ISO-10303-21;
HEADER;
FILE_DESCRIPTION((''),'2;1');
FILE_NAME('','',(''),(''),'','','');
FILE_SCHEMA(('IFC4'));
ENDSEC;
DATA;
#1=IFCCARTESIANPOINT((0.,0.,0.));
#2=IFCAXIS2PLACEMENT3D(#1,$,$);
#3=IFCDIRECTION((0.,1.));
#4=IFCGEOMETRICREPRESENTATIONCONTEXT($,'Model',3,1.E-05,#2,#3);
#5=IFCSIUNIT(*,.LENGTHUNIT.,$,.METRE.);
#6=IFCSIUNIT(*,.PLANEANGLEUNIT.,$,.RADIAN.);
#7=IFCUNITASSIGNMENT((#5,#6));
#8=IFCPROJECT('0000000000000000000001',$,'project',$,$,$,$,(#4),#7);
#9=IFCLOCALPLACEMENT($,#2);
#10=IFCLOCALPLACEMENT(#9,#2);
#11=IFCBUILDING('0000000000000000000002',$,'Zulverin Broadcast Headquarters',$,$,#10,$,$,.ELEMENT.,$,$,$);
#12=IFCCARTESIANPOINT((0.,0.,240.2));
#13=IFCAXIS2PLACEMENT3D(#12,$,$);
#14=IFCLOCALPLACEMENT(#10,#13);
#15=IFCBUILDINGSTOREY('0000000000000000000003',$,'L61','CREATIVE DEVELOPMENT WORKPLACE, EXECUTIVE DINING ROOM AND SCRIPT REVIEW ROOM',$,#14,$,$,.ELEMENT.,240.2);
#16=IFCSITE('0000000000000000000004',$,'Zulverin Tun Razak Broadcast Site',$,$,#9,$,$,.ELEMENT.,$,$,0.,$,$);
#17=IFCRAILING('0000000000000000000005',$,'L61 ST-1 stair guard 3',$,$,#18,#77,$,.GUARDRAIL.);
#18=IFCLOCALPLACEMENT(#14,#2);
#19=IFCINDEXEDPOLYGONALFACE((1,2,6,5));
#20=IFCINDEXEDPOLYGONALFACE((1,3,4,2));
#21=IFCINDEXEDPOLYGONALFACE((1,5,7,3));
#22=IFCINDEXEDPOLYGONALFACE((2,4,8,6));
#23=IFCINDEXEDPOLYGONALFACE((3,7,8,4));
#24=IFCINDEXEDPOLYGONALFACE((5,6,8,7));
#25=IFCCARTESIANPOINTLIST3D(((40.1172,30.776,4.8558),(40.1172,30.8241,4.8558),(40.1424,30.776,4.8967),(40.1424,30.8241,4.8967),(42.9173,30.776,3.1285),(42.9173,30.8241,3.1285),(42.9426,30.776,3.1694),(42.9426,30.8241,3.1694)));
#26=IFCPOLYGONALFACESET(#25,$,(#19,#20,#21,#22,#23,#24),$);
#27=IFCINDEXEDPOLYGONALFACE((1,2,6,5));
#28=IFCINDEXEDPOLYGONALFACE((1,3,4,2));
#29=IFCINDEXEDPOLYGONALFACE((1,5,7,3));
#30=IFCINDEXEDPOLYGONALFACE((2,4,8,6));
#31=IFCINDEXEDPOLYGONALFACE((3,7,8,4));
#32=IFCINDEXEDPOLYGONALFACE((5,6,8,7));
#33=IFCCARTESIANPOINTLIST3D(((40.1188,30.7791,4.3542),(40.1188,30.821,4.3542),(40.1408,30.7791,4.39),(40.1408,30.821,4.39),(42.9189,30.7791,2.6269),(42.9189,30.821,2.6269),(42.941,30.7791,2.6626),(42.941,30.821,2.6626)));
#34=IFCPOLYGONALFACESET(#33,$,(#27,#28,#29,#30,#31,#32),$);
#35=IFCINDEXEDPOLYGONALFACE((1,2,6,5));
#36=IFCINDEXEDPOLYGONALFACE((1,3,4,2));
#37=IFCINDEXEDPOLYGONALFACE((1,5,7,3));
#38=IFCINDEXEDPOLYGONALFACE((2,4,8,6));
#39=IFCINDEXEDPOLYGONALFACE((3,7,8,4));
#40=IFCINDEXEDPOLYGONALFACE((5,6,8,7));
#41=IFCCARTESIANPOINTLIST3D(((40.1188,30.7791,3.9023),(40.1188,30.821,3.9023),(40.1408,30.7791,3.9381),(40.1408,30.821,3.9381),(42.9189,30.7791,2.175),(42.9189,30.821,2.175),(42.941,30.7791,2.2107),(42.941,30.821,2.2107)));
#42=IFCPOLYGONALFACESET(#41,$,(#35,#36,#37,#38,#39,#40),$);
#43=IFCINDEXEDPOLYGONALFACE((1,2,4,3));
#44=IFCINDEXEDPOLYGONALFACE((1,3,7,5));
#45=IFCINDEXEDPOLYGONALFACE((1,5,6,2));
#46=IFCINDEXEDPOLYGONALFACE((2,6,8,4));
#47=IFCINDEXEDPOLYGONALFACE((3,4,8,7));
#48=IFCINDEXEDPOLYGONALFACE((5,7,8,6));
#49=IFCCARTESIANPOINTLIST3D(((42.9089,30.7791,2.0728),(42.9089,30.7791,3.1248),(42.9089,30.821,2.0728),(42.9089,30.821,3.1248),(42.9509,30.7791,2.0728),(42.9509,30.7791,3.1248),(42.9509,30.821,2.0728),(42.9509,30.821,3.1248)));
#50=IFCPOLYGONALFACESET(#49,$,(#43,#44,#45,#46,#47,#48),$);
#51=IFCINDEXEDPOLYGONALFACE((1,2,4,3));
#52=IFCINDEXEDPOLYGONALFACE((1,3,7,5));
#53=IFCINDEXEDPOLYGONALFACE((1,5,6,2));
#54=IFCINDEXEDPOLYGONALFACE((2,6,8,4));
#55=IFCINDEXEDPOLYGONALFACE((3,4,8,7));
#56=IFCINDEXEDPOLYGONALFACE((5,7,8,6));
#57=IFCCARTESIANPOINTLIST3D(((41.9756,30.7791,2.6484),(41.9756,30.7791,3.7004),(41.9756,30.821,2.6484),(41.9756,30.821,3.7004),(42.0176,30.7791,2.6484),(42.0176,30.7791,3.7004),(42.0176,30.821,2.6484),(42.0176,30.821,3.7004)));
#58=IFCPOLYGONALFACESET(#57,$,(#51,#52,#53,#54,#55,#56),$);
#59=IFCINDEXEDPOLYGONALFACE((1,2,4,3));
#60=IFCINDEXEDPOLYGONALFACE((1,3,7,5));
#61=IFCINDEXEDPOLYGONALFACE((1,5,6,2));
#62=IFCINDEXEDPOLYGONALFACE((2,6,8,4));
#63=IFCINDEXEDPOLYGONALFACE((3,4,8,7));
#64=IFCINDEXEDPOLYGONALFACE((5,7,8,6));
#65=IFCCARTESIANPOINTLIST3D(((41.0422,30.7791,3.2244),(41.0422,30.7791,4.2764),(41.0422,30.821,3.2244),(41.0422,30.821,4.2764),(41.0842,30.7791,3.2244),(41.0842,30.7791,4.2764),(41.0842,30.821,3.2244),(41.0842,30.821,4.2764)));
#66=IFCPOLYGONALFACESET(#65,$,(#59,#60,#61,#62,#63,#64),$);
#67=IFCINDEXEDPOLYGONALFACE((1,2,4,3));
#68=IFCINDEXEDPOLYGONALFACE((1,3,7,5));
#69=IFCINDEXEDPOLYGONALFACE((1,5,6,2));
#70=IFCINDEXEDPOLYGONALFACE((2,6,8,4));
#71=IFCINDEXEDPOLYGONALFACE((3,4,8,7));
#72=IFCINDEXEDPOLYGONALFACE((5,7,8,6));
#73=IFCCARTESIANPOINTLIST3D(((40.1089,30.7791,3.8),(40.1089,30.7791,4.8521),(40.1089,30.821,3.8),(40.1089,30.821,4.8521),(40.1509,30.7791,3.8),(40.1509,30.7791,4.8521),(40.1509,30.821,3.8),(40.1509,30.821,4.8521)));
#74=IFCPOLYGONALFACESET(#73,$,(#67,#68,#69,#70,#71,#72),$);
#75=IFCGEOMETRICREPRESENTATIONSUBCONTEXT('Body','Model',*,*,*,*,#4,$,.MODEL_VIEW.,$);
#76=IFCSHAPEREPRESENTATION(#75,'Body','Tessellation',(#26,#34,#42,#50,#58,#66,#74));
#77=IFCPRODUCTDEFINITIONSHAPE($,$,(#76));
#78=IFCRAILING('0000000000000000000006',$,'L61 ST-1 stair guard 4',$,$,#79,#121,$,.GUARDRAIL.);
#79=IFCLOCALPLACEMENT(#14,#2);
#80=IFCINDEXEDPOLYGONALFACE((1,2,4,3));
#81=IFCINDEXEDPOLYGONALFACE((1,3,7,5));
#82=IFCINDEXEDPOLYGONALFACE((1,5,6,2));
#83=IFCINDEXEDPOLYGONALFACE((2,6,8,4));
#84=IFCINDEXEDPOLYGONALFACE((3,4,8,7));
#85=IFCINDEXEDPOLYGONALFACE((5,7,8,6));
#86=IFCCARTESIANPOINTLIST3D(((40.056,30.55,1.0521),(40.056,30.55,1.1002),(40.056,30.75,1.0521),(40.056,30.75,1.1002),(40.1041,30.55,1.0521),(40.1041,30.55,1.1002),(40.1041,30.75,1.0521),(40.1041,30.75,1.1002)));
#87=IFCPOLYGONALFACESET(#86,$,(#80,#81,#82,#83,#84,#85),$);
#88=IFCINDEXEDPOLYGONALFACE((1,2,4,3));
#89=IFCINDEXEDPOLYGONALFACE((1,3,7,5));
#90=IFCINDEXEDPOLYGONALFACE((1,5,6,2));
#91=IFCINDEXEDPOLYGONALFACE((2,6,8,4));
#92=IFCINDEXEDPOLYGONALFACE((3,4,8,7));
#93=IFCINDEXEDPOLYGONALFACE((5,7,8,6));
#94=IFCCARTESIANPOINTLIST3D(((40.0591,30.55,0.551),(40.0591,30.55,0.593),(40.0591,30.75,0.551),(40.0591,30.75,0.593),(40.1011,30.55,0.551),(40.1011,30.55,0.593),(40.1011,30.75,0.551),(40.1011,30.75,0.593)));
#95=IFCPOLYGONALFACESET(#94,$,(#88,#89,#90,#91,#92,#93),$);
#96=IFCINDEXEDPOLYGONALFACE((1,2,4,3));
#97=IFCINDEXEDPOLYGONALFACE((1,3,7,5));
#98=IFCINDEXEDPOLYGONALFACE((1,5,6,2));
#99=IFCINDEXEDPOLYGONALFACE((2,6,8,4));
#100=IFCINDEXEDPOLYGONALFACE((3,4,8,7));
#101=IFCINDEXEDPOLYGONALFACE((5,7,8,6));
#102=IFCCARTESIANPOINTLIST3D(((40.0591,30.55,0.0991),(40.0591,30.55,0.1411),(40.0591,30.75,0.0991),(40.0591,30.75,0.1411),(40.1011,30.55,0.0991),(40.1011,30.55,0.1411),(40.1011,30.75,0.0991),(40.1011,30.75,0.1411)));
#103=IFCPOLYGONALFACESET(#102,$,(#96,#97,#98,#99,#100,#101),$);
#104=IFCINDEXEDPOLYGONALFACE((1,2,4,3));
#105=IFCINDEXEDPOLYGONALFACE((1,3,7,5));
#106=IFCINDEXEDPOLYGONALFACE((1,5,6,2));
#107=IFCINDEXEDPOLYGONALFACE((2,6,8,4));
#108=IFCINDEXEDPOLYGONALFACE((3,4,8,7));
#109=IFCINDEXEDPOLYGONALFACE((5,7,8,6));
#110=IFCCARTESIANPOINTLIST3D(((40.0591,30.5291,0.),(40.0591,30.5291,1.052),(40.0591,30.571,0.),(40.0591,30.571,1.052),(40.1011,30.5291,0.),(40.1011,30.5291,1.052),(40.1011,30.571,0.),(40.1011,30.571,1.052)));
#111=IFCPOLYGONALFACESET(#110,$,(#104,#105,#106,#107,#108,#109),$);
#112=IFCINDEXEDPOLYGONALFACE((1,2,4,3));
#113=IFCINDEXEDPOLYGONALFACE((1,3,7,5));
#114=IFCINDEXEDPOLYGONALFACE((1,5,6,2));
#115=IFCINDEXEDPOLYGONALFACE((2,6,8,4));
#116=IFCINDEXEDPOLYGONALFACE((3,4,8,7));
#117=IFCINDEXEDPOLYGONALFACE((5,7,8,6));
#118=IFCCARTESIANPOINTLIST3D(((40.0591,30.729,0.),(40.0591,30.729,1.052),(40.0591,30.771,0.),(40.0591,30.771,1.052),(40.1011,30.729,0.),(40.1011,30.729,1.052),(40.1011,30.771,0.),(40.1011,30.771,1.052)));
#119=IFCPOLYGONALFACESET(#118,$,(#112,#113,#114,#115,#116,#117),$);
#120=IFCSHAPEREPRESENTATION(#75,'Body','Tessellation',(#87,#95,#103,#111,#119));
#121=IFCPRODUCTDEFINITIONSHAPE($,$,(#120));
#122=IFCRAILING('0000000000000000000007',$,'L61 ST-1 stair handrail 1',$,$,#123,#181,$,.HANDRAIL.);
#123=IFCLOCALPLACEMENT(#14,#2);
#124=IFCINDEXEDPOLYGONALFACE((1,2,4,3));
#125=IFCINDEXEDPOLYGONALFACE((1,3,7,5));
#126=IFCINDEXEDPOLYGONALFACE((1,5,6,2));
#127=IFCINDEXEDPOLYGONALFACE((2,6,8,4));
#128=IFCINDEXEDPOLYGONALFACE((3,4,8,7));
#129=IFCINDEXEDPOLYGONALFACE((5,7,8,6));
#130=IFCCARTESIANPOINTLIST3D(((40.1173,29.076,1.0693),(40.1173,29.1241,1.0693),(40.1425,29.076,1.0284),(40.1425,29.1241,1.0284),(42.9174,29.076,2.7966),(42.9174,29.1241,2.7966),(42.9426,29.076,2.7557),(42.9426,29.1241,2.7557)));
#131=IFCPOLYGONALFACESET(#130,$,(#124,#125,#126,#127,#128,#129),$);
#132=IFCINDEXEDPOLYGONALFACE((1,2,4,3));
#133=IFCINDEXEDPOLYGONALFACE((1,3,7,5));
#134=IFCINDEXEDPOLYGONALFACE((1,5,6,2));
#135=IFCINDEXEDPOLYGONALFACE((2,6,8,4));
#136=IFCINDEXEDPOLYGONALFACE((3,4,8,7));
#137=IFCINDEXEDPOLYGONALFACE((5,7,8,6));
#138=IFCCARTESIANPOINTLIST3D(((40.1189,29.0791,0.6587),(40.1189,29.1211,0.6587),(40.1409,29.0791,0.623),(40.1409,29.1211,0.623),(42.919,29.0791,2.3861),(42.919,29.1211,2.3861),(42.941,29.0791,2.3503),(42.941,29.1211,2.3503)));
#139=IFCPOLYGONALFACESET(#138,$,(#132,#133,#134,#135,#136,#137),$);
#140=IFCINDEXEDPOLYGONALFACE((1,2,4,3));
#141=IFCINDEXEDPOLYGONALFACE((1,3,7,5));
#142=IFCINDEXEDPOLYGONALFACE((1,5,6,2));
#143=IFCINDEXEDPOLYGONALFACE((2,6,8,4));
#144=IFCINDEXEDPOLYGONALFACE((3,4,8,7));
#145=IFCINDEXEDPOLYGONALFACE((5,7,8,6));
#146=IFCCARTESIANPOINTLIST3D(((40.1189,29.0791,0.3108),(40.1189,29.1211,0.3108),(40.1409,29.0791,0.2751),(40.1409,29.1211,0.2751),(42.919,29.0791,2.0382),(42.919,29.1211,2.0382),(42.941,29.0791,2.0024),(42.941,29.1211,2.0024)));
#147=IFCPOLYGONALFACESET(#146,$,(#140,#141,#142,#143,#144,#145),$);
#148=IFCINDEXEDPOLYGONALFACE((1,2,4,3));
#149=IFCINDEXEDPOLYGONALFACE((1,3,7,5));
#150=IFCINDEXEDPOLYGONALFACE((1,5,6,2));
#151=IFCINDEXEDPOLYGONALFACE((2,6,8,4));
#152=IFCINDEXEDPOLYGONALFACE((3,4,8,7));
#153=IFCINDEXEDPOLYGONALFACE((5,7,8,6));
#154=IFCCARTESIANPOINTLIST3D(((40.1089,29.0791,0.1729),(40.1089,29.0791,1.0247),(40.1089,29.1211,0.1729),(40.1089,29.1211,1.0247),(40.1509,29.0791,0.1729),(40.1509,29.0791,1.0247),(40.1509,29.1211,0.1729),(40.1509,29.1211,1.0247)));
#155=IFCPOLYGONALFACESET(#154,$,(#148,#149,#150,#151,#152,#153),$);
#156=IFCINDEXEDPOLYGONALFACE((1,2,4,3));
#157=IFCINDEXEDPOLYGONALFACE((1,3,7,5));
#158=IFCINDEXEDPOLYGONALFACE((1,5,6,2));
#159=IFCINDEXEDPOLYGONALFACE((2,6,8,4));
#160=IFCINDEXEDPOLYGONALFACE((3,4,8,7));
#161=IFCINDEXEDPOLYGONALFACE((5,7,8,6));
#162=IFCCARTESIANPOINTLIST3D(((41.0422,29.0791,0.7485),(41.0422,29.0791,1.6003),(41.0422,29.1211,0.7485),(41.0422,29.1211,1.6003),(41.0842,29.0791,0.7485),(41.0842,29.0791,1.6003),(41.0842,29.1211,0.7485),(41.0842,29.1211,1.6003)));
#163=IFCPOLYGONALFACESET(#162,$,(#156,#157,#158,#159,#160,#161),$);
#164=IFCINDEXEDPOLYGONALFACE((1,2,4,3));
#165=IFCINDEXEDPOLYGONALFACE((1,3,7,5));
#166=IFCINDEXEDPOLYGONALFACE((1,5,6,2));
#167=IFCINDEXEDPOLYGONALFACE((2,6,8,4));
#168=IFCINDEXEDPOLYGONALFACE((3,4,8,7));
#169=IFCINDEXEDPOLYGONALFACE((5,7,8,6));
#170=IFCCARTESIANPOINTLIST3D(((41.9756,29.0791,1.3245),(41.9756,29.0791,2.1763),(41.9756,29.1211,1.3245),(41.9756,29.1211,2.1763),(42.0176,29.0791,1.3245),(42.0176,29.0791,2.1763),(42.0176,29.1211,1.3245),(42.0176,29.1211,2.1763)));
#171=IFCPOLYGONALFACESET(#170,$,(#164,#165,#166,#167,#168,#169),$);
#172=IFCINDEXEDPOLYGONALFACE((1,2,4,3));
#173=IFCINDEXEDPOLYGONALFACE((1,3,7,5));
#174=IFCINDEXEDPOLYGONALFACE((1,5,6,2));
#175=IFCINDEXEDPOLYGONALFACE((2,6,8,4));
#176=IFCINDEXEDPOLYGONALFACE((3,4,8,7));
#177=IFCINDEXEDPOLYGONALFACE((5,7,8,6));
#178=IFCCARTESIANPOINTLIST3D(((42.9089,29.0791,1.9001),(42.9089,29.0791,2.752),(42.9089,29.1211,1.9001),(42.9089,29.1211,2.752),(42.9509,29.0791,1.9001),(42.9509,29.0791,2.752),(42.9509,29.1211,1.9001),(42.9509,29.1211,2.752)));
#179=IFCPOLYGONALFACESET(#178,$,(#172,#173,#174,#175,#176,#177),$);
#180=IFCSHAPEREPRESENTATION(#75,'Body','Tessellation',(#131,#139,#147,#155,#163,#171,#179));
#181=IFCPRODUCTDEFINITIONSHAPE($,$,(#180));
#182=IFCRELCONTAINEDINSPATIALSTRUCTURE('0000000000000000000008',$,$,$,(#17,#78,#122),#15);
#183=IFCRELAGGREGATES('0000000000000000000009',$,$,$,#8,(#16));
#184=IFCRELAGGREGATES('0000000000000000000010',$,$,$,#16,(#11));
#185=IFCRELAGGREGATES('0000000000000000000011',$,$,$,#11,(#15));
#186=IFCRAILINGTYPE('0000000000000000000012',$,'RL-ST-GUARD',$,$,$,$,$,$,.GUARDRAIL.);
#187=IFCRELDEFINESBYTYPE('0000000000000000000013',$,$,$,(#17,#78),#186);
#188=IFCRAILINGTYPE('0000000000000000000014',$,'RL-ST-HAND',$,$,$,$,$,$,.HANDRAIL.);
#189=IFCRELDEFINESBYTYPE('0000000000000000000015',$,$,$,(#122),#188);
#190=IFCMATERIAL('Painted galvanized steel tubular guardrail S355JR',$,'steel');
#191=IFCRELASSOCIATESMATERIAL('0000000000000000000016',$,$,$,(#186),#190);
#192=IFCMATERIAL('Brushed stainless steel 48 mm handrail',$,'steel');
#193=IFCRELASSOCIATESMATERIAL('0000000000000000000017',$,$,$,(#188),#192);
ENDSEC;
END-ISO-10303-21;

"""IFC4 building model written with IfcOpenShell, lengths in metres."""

from ifc_helpers import new_model, si_unit, direction, frame, origin, origin_2d, place, context, subcontext, project, spatial, rectangle, extrude, material, type_object, element, save


model = new_model("IFC4")

# Units and contexts
model_context = context("Model", 3, precision=1e-05, world=origin(), true_north=direction((0.0, 1.0)))
body_context = subcontext(model_context, "Body", "Model", "MODEL_VIEW")
ifc_project = project(units=[si_unit("LENGTHUNIT", "METRE"), si_unit("PLANEANGLEUNIT", "RADIAN")], contexts=[model_context])

# Site, building, storey
site_placement = place(None, origin())
site = spatial("IfcSite", under=ifc_project, at=site_placement, Name="Zulverin Tun Razak Broadcast Site", CompositionType="ELEMENT", RefElevation=0.0)
building_placement = place(site_placement, origin())
building = spatial("IfcBuilding", under=site, at=building_placement, Name="Zulverin Broadcast Headquarters", CompositionType="ELEMENT")
storey_placement = place(building_placement, frame((0.0, 0.0, 240.2)))
storey = spatial("IfcBuildingStorey", under=building, at=storey_placement, Name="L61", Description="CREATIVE DEVELOPMENT WORKPLACE, EXECUTIVE DINING ROOM AND SCRIPT REVIEW ROOM", CompositionType="ELEMENT", Elevation=240.2)

# Railings
ifc_material_1 = material(Name="Painted galvanized steel tubular guardrail S355JR", Category="steel")
railing_type_1 = type_object("IfcRailingType", Name="RL-ST-GUARD", PredefinedType="GUARDRAIL", material=ifc_material_1)
railing_1_placement = place(storey_placement, frame((42.9299, 30.8, 2.0728)))
element("IfcRailing", 1, at=railing_1_placement, inside=storey, type_object=railing_type_1, Name="L61 ST-1 stair guard 3", PredefinedType="GUARDRAIL", context=body_context, shape_type="SweptSolid", body=[
    extrude(rectangle(XDim=0.0481, YDim=0.0481, at=origin_2d()), frame((0.0, 0.0, 1.0762), z_axis=(-0.85109, 0.0, 0.52502), x_axis=(0.0, -1.0, 0.0)), (0.0, 0.0, 1.0), 3.29),
    extrude(rectangle(XDim=0.042, YDim=0.042, at=origin_2d()), frame((0.0, 0.0, 0.572), z_axis=(-0.85109, 0.0, 0.52502), x_axis=(0.0, -1.0, 0.0)), (0.0, 0.0, 1.0), 3.29),
    extrude(rectangle(XDim=0.042, YDim=0.042, at=origin_2d()), frame((0.0, 0.0, 0.1201), z_axis=(-0.85109, 0.0, 0.52502), x_axis=(0.0, -1.0, 0.0)), (0.0, 0.0, 1.0), 3.29),
    extrude(rectangle(XDim=0.042, YDim=0.042, at=origin_2d()), origin(), (0.0, 0.0, 1.0), 1.052),
    extrude(rectangle(XDim=0.042, YDim=0.042, at=origin_2d()), frame((-0.9333, 0.0, 0.5757)), (0.0, 0.0, 1.0), 1.052),
    extrude(rectangle(XDim=0.042, YDim=0.042, at=origin_2d()), frame((-1.8667, 0.0, 1.1516)), (0.0, 0.0, 1.0), 1.052),
    extrude(rectangle(XDim=0.042, YDim=0.042, at=origin_2d()), frame((-2.8, 0.0, 1.7273)), (0.0, 0.0, 1.0), 1.052),
])
railing_2_placement = place(storey_placement, frame((40.0801, 30.55, 0.0)))
element("IfcRailing", 2, at=railing_2_placement, inside=storey, type_object=railing_type_1, Name="L61 ST-1 stair guard 4", PredefinedType="GUARDRAIL", context=body_context, shape_type="SweptSolid", body=[
    extrude(rectangle(XDim=0.0481, YDim=0.0481, at=origin_2d()), frame((0.0, 0.0, 1.0762), z_axis=(0.0, 1.0, 0.0), x_axis=(-1.0, 0.0, 0.0)), (0.0, 0.0, 1.0), 0.2),
    extrude(rectangle(XDim=0.042, YDim=0.042, at=origin_2d()), frame((0.0, 0.0, 0.572), z_axis=(0.0, 1.0, 0.0), x_axis=(-1.0, 0.0, 0.0)), (0.0, 0.0, 1.0), 0.2),
    extrude(rectangle(XDim=0.042, YDim=0.042, at=origin_2d()), frame((0.0, 0.0, 0.1201), z_axis=(0.0, 1.0, 0.0), x_axis=(-1.0, 0.0, 0.0)), (0.0, 0.0, 1.0), 0.2),
    extrude(rectangle(XDim=0.042, YDim=0.042, at=origin_2d()), origin(), (0.0, 0.0, 1.0), 1.052),
    extrude(rectangle(XDim=0.042, YDim=0.042, at=origin_2d()), frame((0.0, 0.2, 0.0)), (0.0, 0.0, 1.0), 1.052),
])
ifc_material_2 = material(Name="Brushed stainless steel 48 mm handrail", Category="steel")
railing_type_2 = type_object("IfcRailingType", Name="RL-ST-HAND", PredefinedType="HANDRAIL", material=ifc_material_2)
railing_3_placement = place(storey_placement, frame((40.1299, 29.1001, 0.1729)))
element("IfcRailing", 3, at=railing_3_placement, inside=storey, type_object=railing_type_2, Name="L61 ST-1 stair handrail 1", PredefinedType="HANDRAIL", context=body_context, shape_type="SweptSolid", body=[
    extrude(rectangle(XDim=0.0481, YDim=0.0481, at=origin_2d()), frame((0.0, 0.0, 0.876), z_axis=(0.85109, 0.0, 0.52502), x_axis=(0.0, 1.0, 0.0)), (0.0, 0.0, 1.0), 3.29),
    extrude(rectangle(XDim=0.042, YDim=0.042, at=origin_2d()), frame((0.0, 0.0, 0.468), z_axis=(0.85109, 0.0, 0.52502), x_axis=(0.0, 1.0, 0.0)), (0.0, 0.0, 1.0), 3.29),
    extrude(rectangle(XDim=0.042, YDim=0.042, at=origin_2d()), frame((0.0, 0.0, 0.1201), z_axis=(0.85109, 0.0, 0.52502), x_axis=(0.0, 1.0, 0.0)), (0.0, 0.0, 1.0), 3.29),
    extrude(rectangle(XDim=0.042, YDim=0.042, at=origin_2d()), origin(), (0.0, 0.0, 1.0), 0.8518),
    extrude(rectangle(XDim=0.042, YDim=0.042, at=origin_2d()), frame((0.9333, 0.0, 0.5757)), (0.0, 0.0, 1.0), 0.8518),
    extrude(rectangle(XDim=0.042, YDim=0.042, at=origin_2d()), frame((1.8667, 0.0, 1.1516)), (0.0, 0.0, 1.0), 0.8518),
    extrude(rectangle(XDim=0.042, YDim=0.042, at=origin_2d()), frame((2.8, 0.0, 1.7273)), (0.0, 0.0, 1.0), 0.8518),
])

save(model, "model.ifc")
